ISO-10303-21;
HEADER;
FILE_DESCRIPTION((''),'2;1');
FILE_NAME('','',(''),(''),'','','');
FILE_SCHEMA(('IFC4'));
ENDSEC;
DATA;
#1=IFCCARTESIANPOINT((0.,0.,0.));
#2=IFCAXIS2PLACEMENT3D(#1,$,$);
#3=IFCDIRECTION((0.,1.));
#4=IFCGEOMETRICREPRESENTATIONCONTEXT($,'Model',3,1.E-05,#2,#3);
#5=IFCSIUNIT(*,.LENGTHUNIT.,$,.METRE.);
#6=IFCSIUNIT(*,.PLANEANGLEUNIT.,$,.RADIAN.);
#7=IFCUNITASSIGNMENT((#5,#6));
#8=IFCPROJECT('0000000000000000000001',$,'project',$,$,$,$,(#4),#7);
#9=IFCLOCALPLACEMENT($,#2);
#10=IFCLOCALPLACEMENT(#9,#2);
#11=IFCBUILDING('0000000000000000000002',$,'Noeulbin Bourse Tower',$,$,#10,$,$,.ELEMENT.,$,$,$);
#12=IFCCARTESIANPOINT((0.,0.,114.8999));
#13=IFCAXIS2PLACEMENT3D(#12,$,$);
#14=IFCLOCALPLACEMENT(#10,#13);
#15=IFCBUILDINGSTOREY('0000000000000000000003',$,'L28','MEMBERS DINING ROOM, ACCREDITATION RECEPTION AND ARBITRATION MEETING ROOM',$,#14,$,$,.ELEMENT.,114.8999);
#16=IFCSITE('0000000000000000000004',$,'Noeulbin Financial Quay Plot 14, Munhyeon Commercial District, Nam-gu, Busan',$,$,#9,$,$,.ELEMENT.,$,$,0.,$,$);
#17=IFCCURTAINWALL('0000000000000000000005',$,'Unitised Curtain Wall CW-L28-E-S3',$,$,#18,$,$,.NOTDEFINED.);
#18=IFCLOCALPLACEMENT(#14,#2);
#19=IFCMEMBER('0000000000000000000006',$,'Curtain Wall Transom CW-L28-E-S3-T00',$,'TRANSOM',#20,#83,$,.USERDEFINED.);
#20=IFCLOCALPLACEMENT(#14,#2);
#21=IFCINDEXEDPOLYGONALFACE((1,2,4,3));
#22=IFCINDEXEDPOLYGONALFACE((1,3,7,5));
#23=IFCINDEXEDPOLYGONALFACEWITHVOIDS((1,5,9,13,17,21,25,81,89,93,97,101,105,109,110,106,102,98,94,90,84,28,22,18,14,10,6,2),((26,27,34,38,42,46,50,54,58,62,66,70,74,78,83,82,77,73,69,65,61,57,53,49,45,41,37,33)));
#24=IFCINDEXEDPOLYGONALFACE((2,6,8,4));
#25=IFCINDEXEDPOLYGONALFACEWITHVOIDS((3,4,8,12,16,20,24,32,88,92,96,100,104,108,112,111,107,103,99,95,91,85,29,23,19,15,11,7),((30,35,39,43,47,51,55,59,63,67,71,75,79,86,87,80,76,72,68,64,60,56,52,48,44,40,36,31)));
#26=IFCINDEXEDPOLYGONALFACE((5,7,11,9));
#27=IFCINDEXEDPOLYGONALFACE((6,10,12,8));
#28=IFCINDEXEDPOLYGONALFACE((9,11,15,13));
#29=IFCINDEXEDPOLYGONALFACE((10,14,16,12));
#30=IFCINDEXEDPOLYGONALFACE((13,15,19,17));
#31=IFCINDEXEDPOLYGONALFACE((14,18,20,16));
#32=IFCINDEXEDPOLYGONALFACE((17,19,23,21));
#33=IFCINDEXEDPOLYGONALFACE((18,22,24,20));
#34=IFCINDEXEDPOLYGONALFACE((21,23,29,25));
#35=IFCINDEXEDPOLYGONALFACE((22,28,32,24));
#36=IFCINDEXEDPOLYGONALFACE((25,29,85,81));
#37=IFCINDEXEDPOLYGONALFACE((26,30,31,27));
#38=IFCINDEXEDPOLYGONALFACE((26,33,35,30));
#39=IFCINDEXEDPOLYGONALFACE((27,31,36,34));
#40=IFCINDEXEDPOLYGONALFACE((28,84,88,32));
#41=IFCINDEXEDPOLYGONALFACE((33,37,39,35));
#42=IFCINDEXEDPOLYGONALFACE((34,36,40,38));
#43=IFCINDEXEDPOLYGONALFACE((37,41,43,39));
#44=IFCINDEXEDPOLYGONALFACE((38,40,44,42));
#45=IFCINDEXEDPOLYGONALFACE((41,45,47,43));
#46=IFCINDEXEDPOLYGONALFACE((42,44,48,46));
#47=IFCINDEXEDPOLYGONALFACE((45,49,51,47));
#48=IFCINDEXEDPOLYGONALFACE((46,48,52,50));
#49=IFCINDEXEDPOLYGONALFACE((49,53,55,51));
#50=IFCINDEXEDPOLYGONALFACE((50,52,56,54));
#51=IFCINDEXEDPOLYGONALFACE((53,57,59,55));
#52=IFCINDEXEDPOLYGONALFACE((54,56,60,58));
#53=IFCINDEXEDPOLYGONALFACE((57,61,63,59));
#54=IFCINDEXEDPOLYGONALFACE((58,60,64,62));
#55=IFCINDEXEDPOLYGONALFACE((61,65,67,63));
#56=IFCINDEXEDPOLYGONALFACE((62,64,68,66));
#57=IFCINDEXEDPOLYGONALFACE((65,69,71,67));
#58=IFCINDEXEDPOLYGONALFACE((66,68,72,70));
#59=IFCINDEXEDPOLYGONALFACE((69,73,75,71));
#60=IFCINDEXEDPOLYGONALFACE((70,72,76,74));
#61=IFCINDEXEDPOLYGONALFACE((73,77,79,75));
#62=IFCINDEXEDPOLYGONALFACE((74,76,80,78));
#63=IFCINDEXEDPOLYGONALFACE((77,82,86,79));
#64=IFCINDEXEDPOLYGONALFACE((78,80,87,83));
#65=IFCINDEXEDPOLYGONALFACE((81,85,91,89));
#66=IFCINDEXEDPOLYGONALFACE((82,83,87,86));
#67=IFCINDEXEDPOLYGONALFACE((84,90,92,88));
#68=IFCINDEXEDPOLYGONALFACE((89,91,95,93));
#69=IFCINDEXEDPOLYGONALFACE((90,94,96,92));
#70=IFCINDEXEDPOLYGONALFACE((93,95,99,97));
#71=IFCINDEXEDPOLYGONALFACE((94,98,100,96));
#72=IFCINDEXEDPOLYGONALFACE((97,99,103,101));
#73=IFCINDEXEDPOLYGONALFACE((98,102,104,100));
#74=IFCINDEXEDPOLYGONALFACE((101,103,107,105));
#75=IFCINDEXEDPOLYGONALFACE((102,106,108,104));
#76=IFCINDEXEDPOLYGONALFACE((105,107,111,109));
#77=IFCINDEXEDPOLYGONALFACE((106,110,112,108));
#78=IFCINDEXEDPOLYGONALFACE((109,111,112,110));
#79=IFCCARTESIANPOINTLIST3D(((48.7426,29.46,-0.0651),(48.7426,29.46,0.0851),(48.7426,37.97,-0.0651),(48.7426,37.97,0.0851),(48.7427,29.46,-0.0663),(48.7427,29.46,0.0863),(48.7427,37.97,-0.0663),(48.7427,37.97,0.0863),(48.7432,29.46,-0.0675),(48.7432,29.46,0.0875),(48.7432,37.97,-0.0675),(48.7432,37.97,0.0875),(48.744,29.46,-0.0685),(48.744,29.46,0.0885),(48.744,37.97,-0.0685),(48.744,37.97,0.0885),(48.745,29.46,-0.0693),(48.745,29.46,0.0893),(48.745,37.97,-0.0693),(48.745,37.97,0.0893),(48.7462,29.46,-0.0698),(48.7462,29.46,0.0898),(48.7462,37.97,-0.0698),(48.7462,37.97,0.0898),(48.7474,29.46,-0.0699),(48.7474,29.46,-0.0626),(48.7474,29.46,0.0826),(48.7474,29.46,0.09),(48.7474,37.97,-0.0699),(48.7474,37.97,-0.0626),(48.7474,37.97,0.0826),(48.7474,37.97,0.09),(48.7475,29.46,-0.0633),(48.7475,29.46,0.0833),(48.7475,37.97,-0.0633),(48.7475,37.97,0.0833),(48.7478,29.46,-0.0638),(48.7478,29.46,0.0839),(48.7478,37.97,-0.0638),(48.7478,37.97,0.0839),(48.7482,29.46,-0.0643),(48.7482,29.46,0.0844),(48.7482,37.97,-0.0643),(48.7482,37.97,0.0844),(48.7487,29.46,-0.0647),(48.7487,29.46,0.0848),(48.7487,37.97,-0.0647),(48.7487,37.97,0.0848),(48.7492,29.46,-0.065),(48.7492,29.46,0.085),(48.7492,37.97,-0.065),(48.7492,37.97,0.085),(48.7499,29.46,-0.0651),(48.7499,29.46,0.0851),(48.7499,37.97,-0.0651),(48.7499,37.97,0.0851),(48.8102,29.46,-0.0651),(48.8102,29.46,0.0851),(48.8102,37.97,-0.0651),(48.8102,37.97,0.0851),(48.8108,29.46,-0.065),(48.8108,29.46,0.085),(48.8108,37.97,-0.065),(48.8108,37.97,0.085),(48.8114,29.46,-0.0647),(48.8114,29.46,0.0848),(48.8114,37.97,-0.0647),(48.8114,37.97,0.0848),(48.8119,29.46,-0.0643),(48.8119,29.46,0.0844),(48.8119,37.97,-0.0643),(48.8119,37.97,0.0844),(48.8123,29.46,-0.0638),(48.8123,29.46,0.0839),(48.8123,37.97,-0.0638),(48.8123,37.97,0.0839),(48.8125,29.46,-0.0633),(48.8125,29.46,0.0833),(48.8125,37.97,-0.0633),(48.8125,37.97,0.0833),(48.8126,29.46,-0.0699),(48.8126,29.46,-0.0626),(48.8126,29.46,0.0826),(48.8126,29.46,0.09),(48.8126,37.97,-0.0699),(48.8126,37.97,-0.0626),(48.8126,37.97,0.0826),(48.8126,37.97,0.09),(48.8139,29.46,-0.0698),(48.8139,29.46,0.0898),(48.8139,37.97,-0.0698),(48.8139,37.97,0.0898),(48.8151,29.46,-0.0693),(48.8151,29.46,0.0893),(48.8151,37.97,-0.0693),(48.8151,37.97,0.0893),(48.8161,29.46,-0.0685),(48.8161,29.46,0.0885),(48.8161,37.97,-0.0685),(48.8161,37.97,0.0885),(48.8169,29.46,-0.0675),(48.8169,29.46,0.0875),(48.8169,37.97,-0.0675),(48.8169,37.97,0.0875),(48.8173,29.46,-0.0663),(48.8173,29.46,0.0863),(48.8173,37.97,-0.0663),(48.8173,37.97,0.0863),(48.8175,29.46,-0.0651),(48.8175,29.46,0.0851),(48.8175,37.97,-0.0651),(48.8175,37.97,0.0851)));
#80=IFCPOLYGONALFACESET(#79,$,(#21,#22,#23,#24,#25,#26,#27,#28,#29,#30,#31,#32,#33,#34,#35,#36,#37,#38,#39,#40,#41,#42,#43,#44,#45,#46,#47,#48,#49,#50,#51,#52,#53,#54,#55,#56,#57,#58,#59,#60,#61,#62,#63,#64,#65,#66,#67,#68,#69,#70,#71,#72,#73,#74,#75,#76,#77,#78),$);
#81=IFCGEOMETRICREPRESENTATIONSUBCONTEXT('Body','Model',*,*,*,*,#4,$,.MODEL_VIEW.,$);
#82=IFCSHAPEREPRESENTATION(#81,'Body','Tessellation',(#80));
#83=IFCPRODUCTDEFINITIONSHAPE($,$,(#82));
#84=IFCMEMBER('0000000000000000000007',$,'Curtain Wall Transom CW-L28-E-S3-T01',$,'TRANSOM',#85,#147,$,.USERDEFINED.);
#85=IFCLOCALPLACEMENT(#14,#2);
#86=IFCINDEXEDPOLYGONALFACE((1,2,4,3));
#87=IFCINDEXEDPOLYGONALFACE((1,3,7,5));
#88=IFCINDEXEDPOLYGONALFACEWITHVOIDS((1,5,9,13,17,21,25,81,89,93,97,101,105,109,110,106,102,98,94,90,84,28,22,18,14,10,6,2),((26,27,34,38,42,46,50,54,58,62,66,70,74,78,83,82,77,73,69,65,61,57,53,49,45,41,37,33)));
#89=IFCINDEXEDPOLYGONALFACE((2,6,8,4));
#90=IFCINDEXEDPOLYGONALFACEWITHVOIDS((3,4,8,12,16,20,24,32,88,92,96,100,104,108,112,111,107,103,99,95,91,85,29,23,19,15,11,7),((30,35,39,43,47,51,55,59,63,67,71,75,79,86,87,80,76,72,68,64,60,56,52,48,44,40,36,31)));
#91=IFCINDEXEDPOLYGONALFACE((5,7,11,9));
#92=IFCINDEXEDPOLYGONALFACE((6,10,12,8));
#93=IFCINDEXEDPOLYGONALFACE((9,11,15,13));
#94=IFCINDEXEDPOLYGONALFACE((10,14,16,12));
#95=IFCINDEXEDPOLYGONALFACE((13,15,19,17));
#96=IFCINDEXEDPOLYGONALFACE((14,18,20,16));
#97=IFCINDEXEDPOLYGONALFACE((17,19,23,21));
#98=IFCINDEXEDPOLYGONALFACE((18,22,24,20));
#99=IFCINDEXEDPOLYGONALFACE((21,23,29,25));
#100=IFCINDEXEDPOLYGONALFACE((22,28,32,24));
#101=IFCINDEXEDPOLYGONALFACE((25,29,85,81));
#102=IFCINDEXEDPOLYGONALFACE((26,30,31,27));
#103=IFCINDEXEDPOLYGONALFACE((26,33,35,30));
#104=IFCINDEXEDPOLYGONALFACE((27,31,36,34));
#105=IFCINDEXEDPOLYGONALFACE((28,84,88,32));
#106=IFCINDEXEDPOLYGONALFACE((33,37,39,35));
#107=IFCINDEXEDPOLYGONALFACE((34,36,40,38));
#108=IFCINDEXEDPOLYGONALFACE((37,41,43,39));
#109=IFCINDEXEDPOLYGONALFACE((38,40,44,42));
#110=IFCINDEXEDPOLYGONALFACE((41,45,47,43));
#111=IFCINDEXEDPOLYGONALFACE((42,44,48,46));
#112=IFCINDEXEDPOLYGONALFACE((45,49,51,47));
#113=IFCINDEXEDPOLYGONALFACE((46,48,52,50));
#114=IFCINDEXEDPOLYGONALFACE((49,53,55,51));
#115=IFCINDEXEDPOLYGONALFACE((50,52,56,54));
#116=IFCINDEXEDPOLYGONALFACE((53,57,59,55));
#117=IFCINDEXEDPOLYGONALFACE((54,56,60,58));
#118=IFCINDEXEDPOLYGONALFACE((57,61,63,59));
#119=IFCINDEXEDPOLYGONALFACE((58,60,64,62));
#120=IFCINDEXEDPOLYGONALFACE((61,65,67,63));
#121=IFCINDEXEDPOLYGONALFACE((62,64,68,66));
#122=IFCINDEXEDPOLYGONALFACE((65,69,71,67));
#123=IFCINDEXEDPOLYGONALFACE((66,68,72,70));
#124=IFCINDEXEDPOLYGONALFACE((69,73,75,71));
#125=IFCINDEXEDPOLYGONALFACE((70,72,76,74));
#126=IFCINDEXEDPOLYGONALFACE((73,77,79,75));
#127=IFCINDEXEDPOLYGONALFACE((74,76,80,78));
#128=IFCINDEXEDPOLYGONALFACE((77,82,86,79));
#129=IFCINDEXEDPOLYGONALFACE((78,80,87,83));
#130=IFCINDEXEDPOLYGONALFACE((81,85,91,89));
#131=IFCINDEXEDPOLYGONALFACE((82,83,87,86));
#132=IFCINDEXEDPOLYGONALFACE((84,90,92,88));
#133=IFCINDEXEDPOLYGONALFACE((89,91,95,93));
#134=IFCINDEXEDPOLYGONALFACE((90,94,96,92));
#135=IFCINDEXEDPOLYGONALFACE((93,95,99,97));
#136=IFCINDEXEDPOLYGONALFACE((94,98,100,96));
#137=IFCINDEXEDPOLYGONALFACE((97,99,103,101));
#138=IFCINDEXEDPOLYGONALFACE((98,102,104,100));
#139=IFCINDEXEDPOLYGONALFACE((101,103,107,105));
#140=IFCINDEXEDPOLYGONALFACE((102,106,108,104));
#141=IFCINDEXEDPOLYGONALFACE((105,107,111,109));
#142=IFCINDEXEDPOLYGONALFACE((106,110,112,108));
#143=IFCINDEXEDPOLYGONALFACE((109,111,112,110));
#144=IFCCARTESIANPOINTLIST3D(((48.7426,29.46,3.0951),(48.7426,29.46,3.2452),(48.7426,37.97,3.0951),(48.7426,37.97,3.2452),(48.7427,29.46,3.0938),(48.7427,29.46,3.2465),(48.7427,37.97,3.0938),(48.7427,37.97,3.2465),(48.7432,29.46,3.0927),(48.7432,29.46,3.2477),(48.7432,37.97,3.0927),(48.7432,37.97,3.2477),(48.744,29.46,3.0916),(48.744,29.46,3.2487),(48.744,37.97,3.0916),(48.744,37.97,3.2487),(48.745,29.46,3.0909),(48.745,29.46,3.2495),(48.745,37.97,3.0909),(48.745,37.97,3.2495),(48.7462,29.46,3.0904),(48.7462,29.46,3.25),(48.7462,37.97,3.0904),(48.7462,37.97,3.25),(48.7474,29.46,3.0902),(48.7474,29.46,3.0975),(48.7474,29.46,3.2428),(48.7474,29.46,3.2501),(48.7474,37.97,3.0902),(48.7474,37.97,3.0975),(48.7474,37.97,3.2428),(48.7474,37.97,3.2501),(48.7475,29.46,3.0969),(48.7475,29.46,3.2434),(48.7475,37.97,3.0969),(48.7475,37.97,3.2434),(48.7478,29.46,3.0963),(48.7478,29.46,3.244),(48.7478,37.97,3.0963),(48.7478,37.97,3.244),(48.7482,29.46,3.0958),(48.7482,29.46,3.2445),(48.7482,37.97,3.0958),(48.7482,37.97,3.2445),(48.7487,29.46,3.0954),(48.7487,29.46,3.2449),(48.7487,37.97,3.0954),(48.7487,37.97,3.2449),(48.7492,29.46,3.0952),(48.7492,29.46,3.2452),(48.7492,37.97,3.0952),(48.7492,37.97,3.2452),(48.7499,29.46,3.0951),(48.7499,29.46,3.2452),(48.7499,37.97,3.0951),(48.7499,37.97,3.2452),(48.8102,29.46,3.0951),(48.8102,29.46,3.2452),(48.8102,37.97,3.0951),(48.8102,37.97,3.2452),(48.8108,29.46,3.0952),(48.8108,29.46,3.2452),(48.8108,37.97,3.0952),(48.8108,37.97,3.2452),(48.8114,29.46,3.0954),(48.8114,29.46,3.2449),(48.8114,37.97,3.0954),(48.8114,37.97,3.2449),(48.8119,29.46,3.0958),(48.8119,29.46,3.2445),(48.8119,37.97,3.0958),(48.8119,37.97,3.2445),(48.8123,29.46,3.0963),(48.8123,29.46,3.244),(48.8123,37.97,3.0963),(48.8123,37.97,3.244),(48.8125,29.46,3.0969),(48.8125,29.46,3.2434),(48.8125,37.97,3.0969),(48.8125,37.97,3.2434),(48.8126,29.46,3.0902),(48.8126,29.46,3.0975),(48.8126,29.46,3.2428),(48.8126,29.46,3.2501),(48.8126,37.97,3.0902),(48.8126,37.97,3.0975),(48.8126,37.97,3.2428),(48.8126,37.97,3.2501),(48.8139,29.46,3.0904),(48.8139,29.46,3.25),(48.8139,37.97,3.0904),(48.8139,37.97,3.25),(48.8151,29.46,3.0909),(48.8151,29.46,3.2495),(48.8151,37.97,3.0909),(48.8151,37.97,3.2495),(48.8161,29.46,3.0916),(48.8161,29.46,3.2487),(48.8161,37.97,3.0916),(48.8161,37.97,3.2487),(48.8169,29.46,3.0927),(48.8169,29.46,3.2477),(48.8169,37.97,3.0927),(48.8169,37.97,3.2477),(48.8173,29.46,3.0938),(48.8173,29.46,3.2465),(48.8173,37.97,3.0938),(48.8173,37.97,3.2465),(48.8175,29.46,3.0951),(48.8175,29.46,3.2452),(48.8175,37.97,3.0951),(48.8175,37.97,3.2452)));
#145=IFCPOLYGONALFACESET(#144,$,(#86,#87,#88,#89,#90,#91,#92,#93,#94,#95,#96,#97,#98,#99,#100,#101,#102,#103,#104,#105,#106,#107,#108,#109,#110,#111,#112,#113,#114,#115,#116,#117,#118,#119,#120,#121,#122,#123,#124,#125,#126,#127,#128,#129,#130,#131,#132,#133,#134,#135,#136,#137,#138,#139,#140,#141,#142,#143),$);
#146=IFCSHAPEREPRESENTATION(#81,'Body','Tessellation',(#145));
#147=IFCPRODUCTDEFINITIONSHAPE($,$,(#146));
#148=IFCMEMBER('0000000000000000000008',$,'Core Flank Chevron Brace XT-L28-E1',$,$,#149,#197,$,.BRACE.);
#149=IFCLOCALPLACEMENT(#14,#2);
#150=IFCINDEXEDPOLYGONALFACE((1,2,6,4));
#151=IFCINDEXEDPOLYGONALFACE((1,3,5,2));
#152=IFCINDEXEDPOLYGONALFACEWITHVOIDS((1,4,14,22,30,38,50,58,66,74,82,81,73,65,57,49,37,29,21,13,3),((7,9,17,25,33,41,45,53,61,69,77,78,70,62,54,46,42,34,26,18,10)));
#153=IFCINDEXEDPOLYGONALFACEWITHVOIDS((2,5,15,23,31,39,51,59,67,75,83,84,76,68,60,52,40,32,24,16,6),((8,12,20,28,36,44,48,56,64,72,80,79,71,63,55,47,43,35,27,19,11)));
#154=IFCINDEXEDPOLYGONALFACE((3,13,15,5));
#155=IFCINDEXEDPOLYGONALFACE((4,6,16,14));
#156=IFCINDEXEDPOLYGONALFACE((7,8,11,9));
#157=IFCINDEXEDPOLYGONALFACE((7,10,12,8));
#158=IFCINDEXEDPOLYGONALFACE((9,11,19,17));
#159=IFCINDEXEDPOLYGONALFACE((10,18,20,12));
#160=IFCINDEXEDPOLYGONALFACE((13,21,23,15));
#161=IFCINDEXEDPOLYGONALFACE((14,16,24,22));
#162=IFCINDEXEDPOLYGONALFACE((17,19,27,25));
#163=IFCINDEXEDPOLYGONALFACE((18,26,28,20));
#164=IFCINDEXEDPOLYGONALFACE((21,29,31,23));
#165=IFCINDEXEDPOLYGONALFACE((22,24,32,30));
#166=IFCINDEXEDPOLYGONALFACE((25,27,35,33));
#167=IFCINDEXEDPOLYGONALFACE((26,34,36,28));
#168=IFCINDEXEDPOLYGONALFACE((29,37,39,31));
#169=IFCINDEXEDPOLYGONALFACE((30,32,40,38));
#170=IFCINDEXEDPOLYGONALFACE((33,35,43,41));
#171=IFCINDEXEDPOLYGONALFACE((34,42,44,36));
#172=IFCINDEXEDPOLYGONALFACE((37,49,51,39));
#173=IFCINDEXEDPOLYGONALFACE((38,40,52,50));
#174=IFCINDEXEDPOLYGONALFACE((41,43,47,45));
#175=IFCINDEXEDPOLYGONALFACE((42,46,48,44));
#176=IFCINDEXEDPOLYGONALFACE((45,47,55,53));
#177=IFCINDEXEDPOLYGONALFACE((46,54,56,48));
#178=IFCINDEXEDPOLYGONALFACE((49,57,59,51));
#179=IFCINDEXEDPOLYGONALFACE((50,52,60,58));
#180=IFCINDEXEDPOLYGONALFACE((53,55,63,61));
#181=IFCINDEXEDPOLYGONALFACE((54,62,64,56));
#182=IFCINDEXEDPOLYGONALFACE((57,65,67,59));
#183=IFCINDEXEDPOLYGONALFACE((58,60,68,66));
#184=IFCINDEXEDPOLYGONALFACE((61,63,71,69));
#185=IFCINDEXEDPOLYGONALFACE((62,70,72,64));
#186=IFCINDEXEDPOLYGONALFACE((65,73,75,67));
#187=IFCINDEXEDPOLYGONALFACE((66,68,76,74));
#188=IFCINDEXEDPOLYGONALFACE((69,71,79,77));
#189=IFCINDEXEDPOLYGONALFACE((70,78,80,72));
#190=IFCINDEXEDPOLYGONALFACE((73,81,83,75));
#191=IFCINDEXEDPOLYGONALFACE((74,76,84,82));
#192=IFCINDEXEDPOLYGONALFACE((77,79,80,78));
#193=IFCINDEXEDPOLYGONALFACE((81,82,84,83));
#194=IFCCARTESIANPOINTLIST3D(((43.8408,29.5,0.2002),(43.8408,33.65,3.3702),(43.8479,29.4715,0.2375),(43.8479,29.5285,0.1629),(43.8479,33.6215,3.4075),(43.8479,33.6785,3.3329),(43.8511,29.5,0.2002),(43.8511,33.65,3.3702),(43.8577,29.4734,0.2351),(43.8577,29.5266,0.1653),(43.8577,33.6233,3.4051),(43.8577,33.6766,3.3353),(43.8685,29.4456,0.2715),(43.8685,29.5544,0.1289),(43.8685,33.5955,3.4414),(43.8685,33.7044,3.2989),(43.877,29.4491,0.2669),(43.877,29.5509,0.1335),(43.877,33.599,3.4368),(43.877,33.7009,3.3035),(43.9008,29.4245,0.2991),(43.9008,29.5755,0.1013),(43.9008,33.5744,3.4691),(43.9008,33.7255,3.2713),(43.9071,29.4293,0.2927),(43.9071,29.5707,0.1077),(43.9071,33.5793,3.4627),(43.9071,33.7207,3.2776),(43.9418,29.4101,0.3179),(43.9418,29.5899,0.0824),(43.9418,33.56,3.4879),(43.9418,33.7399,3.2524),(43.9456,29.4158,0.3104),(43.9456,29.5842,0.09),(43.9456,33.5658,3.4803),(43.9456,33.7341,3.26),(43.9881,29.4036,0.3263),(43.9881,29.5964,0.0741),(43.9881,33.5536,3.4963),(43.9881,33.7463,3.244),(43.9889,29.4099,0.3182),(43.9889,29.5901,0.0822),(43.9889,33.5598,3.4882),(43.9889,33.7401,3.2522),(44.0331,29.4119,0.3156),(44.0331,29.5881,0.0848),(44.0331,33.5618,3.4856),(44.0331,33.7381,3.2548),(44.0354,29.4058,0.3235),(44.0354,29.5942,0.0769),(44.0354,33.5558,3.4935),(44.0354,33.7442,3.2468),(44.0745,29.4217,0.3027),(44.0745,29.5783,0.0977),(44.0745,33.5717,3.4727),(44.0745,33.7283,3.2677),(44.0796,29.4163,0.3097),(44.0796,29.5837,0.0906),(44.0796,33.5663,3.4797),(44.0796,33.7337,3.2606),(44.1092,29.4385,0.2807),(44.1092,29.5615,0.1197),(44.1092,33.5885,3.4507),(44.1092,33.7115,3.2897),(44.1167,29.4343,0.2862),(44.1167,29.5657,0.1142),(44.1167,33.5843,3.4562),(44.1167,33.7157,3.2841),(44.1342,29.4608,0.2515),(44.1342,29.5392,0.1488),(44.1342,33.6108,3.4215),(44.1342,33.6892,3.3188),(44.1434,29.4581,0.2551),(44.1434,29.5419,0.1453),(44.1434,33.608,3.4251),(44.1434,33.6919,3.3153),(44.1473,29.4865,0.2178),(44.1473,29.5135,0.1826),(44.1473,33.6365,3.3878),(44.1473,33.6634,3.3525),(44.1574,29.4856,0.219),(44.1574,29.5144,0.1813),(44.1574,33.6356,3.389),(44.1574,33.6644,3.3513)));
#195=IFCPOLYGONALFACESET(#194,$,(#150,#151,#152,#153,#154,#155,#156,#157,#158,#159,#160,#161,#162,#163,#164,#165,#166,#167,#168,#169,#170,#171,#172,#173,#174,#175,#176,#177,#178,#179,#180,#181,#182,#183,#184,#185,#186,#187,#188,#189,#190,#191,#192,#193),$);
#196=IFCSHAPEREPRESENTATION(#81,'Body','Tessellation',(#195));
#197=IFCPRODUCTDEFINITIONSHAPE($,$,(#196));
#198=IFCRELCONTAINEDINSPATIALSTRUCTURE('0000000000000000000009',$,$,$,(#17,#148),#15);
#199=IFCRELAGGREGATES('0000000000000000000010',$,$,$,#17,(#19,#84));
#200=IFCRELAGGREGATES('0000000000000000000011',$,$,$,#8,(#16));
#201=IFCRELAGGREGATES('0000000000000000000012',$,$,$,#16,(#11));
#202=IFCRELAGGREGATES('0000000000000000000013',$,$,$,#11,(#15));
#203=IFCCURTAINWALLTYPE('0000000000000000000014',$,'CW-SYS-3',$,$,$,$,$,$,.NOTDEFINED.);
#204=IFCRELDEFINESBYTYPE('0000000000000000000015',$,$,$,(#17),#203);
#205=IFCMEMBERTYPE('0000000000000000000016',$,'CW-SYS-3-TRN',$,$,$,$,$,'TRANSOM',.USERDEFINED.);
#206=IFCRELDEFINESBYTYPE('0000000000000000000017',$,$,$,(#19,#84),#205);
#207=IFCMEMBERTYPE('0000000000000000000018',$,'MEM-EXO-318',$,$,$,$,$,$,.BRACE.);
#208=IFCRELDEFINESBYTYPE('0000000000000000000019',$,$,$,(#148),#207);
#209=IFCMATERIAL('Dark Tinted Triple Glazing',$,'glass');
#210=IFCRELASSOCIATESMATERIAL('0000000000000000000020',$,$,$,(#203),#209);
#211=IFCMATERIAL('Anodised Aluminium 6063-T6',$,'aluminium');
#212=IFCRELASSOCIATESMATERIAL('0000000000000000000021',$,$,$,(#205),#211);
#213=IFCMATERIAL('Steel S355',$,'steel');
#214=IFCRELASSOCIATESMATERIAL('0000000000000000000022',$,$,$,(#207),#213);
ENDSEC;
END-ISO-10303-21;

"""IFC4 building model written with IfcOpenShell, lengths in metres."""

from ifc_helpers import new_model, si_unit, direction, frame, origin, origin_2d, place, context, subcontext, project, spatial, hollow_rectangle, hollow_circle, extrude, material, material_profile, profile_set, type_object, element, aggregate, save


model = new_model("IFC4")

# Units and contexts
model_context = context("Model", 3, precision=1e-05, world=origin(), true_north=direction((0.0, 1.0)))
body_context = subcontext(model_context, "Body", "Model", "MODEL_VIEW")
ifc_project = project(units=[si_unit("LENGTHUNIT", "METRE"), si_unit("PLANEANGLEUNIT", "RADIAN")], contexts=[model_context])

# Site, building, storey
site_placement = place(None, origin())
site = spatial("IfcSite", under=ifc_project, at=site_placement, Name="Noeulbin Financial Quay Plot 14, Munhyeon Commercial District, Nam-gu, Busan", CompositionType="ELEMENT", RefElevation=0.0)
building_placement = place(site_placement, origin())
building = spatial("IfcBuilding", under=site, at=building_placement, Name="Noeulbin Bourse Tower", CompositionType="ELEMENT")
storey_placement = place(building_placement, frame((0.0, 0.0, 114.8999)))
storey = spatial("IfcBuildingStorey", under=building, at=storey_placement, Name="L28", Description="MEMBERS DINING ROOM, ACCREDITATION RECEPTION AND ARBITRATION MEETING ROOM", CompositionType="ELEMENT", Elevation=114.8999)

# Shared definitions
ifc_material_1 = material(Name="Steel S355", Category="steel")

# Shared definitions
ifc_material_2 = material(Name="Dark Tinted Triple Glazing", Category="glass")
curtain_wall_type = type_object("IfcCurtainWallType", Name="CW-SYS-3", PredefinedType="NOTDEFINED", material=ifc_material_2)
ifc_material_3 = material(Name="Anodised Aluminium 6063-T6", Category="aluminium")

# Curtain wall
curtain_wall_1_placement = place(storey_placement, origin())
curtain_wall_1 = element("IfcCurtainWall", 1, at=curtain_wall_1_placement, inside=storey, type_object=curtain_wall_type, Name="Unitised Curtain Wall CW-L28-E-S3", PredefinedType="NOTDEFINED")

# Members
ifc_material_profile_1 = material_profile(ifc_material_3, hollow_rectangle(XDim=0.075, YDim=0.1599, WallThickness=0.0049, InnerFilletRadius=0.0024, OuterFilletRadius=0.0049, at=origin_2d()), Name="ALU-TRAN-75x160x5", Category="LoadBearing")
ifc_profile_set_1 = profile_set([ifc_material_profile_1], Name="Anodised Aluminium 6063-T6")
member_type_1 = type_object("IfcMemberType", Name="CW-SYS-3-TRN", ElementType="TRANSOM", PredefinedType="USERDEFINED", material=ifc_profile_set_1)
member_1_placement = place(storey_placement, frame((48.78, 29.46, 0.01), z_axis=(0.0, 1.0, 0.0), x_axis=(-1.0, 0.0, 0.0)))
member_1 = element("IfcMember", 2, at=member_1_placement, type_object=member_type_1, Name="Curtain Wall Transom CW-L28-E-S3-T00", ObjectType="TRANSOM", PredefinedType="USERDEFINED", context=body_context, shape_type="SweptSolid", body=[
    extrude(hollow_rectangle(XDim=0.075, YDim=0.1599, WallThickness=0.0049, InnerFilletRadius=0.0024, OuterFilletRadius=0.0049, at=origin_2d()), origin(), (0.0, 0.0, 1.0), 8.51),
])
member_2_placement = place(storey_placement, frame((48.78, 29.46, 3.1702), z_axis=(0.0, 1.0, 0.0), x_axis=(-1.0, 0.0, 0.0)))
member_2 = element("IfcMember", 3, at=member_2_placement, type_object=member_type_1, Name="Curtain Wall Transom CW-L28-E-S3-T01", ObjectType="TRANSOM", PredefinedType="USERDEFINED", context=body_context, shape_type="SweptSolid", body=[
    extrude(hollow_rectangle(XDim=0.075, YDim=0.1599, WallThickness=0.0049, InnerFilletRadius=0.0024, OuterFilletRadius=0.0049, at=origin_2d()), origin(), (0.0, 0.0, 1.0), 8.51),
])
aggregate(curtain_wall_1, [member_1, member_2])
ifc_material_profile_2 = material_profile(ifc_material_1, hollow_circle(Radius=0.1592, WallThickness=0.0103, at=origin_2d()), Name="CHS-318.5x10.3", Category="LoadBearing")
ifc_profile_set_2 = profile_set([ifc_material_profile_2], Name="Steel S355")
member_type_2 = type_object("IfcMemberType", Name="MEM-EXO-318", PredefinedType="BRACE", material=ifc_profile_set_2)
member_3_placement = place(storey_placement, frame((44.0, 29.5, 0.2002), z_axis=(0.0, 0.794684, 0.607023), x_axis=(-1.0, 0.0, 0.0)))
element("IfcMember", 4, at=member_3_placement, inside=storey, type_object=member_type_2, Name="Core Flank Chevron Brace XT-L28-E1", PredefinedType="BRACE", context=body_context, shape_type="SweptSolid", body=[
    extrude(hollow_circle(Radius=0.1592, WallThickness=0.0103, at=origin_2d()), origin(), (0.0, 0.0, 1.0), 5.2222),
])

save(model, "model.ifc")
